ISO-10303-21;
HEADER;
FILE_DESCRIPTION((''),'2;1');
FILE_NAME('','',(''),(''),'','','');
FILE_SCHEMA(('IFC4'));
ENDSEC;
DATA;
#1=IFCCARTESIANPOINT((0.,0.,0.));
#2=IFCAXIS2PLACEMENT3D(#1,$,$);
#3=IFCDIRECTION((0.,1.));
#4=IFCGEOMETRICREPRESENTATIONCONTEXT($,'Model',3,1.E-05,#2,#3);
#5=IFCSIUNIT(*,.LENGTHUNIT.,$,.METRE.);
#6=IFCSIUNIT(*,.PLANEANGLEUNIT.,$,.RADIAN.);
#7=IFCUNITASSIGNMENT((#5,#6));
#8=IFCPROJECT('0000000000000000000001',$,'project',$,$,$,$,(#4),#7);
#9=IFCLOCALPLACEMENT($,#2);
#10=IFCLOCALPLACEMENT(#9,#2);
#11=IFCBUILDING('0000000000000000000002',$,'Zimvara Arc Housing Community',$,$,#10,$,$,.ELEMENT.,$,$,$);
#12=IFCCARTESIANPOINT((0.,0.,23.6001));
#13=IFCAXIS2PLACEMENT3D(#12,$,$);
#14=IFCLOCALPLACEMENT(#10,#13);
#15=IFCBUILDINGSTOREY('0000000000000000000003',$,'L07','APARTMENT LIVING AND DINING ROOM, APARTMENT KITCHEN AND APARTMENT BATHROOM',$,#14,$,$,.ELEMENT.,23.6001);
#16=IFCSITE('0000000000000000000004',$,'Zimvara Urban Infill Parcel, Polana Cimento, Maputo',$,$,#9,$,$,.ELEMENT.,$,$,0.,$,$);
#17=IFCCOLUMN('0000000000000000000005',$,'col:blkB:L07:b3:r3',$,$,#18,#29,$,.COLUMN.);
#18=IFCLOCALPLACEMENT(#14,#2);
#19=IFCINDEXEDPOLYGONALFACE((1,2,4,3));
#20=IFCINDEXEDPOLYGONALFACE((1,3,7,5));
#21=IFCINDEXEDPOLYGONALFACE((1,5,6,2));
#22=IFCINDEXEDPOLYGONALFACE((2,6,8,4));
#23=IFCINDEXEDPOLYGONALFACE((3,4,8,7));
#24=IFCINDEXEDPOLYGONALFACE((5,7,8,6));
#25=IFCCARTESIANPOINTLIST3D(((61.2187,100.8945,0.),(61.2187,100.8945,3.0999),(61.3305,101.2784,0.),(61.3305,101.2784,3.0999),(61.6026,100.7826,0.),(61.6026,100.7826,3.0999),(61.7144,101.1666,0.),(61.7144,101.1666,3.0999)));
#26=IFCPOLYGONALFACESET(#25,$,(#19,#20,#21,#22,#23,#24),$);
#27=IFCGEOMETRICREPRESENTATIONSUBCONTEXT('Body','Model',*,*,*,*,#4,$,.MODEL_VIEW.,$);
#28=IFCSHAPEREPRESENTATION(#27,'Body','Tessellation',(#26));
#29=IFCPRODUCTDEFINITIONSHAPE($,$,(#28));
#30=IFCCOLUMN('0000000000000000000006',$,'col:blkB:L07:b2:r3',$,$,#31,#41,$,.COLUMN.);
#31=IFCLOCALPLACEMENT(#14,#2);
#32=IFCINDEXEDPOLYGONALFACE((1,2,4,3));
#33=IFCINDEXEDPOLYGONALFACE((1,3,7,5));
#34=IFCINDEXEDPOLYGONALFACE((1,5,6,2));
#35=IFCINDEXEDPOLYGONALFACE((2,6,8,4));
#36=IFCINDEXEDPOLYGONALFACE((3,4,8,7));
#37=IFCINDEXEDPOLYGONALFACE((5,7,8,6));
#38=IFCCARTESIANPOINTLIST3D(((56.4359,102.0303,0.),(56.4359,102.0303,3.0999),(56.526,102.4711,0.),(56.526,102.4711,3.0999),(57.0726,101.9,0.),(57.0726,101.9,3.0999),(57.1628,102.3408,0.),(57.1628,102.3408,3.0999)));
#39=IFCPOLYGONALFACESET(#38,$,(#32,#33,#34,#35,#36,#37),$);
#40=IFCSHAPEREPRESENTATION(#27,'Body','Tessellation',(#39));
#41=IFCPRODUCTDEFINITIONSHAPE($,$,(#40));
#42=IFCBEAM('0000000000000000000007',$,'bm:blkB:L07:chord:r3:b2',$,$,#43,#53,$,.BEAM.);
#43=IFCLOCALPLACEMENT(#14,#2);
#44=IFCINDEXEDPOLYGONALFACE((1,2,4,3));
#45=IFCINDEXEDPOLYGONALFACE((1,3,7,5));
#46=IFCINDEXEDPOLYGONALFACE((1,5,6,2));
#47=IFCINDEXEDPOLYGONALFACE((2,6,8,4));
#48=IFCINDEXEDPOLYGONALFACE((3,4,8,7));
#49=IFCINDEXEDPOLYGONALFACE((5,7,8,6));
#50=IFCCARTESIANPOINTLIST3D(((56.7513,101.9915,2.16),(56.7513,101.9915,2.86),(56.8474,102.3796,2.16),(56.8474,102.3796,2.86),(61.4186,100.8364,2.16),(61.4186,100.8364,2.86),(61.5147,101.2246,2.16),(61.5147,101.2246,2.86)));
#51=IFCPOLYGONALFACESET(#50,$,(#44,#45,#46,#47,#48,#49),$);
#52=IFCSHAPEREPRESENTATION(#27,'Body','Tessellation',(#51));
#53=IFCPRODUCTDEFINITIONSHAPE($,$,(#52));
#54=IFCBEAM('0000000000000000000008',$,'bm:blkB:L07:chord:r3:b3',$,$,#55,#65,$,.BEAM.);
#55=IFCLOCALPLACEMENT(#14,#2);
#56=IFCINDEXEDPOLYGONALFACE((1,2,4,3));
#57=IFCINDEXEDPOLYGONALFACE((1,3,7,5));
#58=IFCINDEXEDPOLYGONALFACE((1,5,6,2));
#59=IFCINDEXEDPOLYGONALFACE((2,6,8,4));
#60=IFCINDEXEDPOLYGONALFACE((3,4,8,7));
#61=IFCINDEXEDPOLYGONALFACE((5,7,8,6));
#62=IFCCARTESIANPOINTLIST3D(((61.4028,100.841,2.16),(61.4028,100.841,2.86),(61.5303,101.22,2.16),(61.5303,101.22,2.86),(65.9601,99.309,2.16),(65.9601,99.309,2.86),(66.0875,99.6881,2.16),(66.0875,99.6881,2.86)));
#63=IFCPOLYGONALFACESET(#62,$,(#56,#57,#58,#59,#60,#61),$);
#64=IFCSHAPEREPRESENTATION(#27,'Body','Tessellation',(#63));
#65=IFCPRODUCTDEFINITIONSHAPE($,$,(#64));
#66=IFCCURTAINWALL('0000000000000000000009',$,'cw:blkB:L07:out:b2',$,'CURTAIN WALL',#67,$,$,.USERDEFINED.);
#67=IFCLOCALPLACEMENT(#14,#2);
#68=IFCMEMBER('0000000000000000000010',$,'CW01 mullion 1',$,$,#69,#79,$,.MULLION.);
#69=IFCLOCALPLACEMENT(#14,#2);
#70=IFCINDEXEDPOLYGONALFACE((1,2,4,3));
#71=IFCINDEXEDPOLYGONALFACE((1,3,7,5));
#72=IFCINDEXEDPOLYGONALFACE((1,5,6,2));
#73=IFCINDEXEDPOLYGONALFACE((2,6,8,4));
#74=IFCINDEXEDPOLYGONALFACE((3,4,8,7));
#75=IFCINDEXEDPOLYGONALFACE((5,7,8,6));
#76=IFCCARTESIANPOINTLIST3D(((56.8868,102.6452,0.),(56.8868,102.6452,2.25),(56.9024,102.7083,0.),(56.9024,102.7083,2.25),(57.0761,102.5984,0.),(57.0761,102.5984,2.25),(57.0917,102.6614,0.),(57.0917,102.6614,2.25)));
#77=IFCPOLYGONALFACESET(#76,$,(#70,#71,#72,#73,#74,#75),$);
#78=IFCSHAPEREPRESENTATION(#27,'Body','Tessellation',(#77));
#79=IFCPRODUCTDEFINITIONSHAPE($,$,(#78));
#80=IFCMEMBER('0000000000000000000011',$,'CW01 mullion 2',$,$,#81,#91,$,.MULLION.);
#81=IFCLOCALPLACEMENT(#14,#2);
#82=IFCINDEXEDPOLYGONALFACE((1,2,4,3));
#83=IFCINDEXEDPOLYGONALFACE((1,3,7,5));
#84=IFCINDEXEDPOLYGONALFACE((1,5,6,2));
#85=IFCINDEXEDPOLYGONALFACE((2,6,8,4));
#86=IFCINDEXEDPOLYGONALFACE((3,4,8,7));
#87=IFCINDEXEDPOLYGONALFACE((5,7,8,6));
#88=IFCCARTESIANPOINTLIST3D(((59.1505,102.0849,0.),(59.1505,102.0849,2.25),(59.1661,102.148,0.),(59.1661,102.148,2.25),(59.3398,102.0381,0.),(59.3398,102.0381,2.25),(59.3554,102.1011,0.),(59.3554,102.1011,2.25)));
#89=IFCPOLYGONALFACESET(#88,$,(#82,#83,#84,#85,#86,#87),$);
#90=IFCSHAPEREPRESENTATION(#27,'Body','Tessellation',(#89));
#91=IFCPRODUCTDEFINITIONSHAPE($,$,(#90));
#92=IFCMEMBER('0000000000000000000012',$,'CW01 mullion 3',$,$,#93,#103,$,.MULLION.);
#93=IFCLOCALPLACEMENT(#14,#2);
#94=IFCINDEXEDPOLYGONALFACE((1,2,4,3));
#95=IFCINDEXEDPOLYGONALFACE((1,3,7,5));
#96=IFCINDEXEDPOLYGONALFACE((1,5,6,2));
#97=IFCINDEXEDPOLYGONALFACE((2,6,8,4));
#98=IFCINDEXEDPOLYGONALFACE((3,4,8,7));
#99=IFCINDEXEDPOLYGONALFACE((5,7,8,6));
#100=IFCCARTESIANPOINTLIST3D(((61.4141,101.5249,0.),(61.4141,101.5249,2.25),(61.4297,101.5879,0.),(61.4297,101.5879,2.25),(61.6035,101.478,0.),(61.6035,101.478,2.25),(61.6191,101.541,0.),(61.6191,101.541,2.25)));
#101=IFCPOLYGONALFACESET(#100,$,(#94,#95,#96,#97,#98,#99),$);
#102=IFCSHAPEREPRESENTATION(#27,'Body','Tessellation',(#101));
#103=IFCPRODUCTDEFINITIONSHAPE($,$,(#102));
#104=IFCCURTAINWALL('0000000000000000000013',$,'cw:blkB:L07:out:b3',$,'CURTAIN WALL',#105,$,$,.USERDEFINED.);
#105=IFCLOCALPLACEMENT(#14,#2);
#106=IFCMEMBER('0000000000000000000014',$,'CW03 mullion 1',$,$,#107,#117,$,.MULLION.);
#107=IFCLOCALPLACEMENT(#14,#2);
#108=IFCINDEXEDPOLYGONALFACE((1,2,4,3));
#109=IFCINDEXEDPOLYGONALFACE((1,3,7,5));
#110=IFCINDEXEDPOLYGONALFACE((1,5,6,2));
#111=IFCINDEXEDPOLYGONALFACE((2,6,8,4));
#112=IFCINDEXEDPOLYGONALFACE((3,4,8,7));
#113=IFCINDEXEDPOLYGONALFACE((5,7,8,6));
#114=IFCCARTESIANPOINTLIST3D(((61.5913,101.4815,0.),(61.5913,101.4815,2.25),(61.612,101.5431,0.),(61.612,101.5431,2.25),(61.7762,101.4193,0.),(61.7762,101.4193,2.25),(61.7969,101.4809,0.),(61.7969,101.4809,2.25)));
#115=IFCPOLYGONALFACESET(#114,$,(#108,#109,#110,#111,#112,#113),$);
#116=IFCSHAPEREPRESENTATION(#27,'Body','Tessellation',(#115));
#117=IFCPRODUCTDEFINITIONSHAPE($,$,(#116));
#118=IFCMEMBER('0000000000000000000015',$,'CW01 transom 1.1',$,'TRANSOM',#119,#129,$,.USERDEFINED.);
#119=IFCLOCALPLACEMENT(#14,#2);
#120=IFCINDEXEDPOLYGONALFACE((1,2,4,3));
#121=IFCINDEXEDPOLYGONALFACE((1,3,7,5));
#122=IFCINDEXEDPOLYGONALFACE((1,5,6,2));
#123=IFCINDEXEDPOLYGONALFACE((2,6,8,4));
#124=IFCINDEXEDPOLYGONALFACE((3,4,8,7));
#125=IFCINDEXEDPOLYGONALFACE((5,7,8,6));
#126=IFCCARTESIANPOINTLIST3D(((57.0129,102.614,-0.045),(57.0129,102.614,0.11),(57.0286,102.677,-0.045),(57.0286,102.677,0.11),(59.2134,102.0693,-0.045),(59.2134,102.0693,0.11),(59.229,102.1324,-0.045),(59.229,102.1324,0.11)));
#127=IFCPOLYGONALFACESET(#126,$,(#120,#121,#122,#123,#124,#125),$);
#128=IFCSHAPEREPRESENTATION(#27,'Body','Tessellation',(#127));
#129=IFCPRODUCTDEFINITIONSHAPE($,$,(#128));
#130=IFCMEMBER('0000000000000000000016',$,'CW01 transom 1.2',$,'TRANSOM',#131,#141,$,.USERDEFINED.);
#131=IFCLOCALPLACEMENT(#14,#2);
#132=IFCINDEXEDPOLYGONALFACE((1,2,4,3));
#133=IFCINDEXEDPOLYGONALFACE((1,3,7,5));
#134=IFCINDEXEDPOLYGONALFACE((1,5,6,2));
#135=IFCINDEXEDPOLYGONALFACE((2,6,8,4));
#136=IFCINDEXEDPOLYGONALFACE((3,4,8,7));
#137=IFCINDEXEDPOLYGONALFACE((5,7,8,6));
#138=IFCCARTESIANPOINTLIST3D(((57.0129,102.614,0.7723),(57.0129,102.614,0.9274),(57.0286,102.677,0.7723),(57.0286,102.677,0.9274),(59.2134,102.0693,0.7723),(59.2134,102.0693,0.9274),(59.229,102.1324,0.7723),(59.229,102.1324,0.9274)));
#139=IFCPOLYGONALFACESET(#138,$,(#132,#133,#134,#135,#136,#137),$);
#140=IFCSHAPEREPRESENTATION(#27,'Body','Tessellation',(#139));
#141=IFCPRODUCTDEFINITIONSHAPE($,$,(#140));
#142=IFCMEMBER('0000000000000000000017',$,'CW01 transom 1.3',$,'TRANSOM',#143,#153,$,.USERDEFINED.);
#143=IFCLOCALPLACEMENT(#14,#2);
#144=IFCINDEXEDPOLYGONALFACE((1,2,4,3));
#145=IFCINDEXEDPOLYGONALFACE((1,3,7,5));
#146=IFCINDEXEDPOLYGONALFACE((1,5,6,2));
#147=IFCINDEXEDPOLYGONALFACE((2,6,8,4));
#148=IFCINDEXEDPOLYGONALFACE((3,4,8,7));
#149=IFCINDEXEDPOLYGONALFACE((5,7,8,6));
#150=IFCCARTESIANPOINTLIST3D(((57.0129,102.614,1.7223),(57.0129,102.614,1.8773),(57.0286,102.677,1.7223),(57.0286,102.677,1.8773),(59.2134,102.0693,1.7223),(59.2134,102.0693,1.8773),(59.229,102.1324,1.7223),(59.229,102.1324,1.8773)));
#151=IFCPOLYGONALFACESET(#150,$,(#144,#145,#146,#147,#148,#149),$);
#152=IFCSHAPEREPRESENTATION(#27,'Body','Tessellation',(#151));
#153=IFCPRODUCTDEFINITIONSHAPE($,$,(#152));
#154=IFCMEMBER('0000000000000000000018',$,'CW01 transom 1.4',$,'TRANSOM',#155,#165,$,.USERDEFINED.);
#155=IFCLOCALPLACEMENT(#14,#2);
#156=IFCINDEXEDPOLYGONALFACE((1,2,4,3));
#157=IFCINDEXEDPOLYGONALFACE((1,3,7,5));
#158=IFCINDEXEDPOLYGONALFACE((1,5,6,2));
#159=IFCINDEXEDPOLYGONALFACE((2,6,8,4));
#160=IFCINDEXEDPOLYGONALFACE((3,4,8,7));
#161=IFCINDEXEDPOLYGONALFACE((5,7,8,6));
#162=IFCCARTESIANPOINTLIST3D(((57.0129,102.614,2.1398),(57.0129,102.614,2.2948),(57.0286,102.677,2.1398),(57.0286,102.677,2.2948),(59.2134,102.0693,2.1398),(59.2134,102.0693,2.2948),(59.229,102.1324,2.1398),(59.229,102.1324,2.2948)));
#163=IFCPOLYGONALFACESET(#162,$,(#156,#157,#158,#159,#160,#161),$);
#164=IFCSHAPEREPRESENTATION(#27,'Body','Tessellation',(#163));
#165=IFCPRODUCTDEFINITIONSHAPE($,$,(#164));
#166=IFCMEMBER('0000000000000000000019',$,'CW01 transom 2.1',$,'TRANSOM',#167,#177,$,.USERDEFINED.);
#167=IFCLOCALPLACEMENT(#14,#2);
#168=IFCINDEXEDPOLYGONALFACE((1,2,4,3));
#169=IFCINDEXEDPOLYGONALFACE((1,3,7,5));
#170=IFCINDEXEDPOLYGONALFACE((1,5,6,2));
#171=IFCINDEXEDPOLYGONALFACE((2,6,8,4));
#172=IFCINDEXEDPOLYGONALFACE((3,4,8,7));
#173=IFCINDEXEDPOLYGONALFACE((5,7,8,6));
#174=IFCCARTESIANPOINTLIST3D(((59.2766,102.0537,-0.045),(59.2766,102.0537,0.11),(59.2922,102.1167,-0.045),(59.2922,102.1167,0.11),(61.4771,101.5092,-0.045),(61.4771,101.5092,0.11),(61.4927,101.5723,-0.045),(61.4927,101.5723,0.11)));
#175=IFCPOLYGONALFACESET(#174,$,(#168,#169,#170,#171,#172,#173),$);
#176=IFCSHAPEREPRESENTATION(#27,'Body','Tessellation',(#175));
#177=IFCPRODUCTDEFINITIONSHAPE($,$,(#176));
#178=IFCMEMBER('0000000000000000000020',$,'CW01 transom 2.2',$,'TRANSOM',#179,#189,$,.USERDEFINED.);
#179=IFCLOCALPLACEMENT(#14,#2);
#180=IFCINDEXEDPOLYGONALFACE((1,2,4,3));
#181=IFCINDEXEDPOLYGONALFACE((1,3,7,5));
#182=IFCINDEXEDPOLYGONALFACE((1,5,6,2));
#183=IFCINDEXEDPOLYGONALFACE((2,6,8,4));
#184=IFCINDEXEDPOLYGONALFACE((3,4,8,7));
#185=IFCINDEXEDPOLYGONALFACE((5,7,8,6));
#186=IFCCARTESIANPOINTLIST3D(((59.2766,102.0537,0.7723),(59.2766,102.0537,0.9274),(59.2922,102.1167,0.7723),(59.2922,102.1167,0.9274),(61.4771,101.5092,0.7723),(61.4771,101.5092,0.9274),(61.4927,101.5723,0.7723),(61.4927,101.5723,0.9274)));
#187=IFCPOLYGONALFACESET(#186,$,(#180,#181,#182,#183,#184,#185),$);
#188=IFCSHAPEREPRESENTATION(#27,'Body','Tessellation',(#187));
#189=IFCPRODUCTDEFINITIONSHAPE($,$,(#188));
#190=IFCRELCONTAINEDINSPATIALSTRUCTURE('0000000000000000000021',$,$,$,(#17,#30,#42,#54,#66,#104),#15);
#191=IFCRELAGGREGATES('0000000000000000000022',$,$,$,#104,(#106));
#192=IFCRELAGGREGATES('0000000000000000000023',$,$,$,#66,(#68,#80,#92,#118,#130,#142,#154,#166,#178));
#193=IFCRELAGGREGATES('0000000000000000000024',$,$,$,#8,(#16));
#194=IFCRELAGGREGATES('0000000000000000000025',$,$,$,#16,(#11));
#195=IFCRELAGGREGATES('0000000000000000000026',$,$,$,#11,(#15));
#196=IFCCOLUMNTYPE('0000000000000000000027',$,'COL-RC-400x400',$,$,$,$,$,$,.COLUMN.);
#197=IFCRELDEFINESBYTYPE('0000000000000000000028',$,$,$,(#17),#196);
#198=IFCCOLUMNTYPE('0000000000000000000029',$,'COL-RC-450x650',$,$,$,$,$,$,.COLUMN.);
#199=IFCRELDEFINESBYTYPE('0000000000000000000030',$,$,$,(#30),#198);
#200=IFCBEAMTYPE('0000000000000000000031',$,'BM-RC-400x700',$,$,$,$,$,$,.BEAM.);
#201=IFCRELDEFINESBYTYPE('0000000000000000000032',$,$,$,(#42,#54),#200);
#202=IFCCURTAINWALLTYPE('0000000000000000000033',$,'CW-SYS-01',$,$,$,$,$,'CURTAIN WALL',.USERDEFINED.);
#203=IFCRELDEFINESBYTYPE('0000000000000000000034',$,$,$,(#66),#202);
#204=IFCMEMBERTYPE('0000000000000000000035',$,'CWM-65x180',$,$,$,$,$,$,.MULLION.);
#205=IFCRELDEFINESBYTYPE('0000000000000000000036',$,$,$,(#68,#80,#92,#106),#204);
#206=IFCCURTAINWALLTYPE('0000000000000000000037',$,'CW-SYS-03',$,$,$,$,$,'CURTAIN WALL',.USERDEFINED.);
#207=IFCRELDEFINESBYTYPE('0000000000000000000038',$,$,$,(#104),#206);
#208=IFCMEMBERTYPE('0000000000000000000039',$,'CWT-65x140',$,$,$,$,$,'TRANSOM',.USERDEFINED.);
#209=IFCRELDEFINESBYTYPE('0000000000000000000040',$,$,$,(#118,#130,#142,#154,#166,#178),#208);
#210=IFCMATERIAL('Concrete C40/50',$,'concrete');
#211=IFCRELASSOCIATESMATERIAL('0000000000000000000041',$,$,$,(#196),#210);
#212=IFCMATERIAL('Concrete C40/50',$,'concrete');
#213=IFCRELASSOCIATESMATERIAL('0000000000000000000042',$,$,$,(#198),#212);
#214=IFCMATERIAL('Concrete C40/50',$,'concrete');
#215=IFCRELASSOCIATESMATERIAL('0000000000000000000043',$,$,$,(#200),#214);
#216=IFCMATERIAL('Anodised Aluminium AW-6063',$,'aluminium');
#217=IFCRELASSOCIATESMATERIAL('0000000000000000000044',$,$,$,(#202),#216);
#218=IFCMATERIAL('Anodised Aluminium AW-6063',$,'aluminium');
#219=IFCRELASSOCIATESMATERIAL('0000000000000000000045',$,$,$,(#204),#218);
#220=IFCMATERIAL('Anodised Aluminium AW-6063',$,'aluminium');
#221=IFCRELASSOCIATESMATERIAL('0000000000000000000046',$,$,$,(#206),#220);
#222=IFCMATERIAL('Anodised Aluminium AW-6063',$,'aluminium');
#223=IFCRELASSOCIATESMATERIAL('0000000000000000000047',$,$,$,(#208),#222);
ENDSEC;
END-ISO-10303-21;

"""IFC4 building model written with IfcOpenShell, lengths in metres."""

from ifc_helpers import new_model, si_unit, direction, frame, origin, origin_2d, place, context, subcontext, project, spatial, rectangle, extrude, material, material_profile, profile_set, type_object, element, aggregate, save


model = new_model("IFC4")

# Units and contexts
model_context = context("Model", 3, precision=1e-05, world=origin(), true_north=direction((0.0, 1.0)))
body_context = subcontext(model_context, "Body", "Model", "MODEL_VIEW")
ifc_project = project(units=[si_unit("LENGTHUNIT", "METRE"), si_unit("PLANEANGLEUNIT", "RADIAN")], contexts=[model_context])

# Site, building, storey
site_placement = place(None, origin())
site = spatial("IfcSite", under=ifc_project, at=site_placement, Name="Zimvara Urban Infill Parcel, Polana Cimento, Maputo", CompositionType="ELEMENT", RefElevation=0.0)
building_placement = place(site_placement, origin())
building = spatial("IfcBuilding", under=site, at=building_placement, Name="Zimvara Arc Housing Community", CompositionType="ELEMENT")
storey_placement = place(building_placement, frame((0.0, 0.0, 23.6001)))
storey = spatial("IfcBuildingStorey", under=building, at=storey_placement, Name="L07", Description="APARTMENT LIVING AND DINING ROOM, APARTMENT KITCHEN AND APARTMENT BATHROOM", CompositionType="ELEMENT", Elevation=23.6001)

# Columns
ifc_material_1 = material(Name="Concrete C40/50", Category="concrete")
ifc_material_profile_1 = material_profile(ifc_material_1, rectangle(XDim=0.3999, YDim=0.3999, at=origin_2d()), Name="RC 400x400")
ifc_profile_set_1 = profile_set([ifc_material_profile_1], Name="Concrete C40/50")
column_type_1 = type_object("IfcColumnType", Name="COL-RC-400x400", PredefinedType="COLUMN", material=ifc_profile_set_1)
column_1_placement = place(storey_placement, frame((61.4666, 101.0305, 0.0), z_axis=(0.0, 0.0, 1.0), x_axis=(0.279661, 0.960099, 0.0)))
element("IfcColumn", 1, at=column_1_placement, inside=storey, type_object=column_type_1, Name="col:blkB:L07:b3:r3", PredefinedType="COLUMN", context=body_context, shape_type="SweptSolid", body=[
    extrude(rectangle(XDim=0.3999, YDim=0.3999, at=origin_2d()), origin(), (0.0, 0.0, 1.0), 3.0999),
])
ifc_material_2 = material(Name="Concrete C40/50", Category="concrete")
ifc_material_profile_2 = material_profile(ifc_material_2, rectangle(XDim=0.45, YDim=0.6499, at=origin_2d()), Name="RC 450x650")
ifc_profile_set_2 = profile_set([ifc_material_profile_2], Name="Concrete C40/50")
column_type_2 = type_object("IfcColumnType", Name="COL-RC-450x650", PredefinedType="COLUMN", material=ifc_profile_set_2)
column_2_placement = place(storey_placement, frame((56.7993, 102.1855, 0.0), z_axis=(0.0, 0.0, 1.0), x_axis=(0.200394, 0.979715, 0.0)))
element("IfcColumn", 2, at=column_2_placement, inside=storey, type_object=column_type_2, Name="col:blkB:L07:b2:r3", PredefinedType="COLUMN", context=body_context, shape_type="SweptSolid", body=[
    extrude(rectangle(XDim=0.45, YDim=0.6499, at=origin_2d()), origin(), (0.0, 0.0, 1.0), 3.0999),
])

# Beams
ifc_material_3 = material(Name="Concrete C40/50", Category="concrete")
ifc_material_profile_3 = material_profile(ifc_material_3, rectangle(XDim=0.3999, YDim=0.7, at=origin_2d()), Name="RC 400x700")
ifc_profile_set_3 = profile_set([ifc_material_profile_3], Name="Concrete C40/50")
beam_type = type_object("IfcBeamType", Name="BM-RC-400x700", PredefinedType="BEAM", material=ifc_profile_set_3)
beam_1_placement = place(storey_placement, frame((56.7993, 102.1855, 2.51), z_axis=(0.970716, -0.240229, 0.0), x_axis=(0.240229, 0.970716, 0.0)))
element("IfcBeam", 3, at=beam_1_placement, inside=storey, type_object=beam_type, Name="bm:blkB:L07:chord:r3:b2", PredefinedType="BEAM", context=body_context, shape_type="SweptSolid", body=[
    extrude(rectangle(XDim=0.3999, YDim=0.7, at=origin_2d()), origin(), (0.0, 0.0, 1.0), 4.8081),
])
beam_2_placement = place(storey_placement, frame((61.4666, 101.0305, 2.51), z_axis=(0.947878, -0.318634, 0.0), x_axis=(0.318634, 0.947878, 0.0)))
element("IfcBeam", 4, at=beam_2_placement, inside=storey, type_object=beam_type, Name="bm:blkB:L07:chord:r3:b3", PredefinedType="BEAM", context=body_context, shape_type="SweptSolid", body=[
    extrude(rectangle(XDim=0.3999, YDim=0.7, at=origin_2d()), origin(), (0.0, 0.0, 1.0), 4.8079),
])

# Curtain wall, members
ifc_material_4 = material(Name="Anodised Aluminium AW-6063", Category="aluminium")
curtain_wall_type_1 = type_object("IfcCurtainWallType", Name="CW-SYS-01", ElementType="CURTAIN WALL", PredefinedType="USERDEFINED", material=ifc_material_4)
curtain_wall_1_placement = place(storey_placement, origin())
curtain_wall_1 = element("IfcCurtainWall", 5, at=curtain_wall_1_placement, inside=storey, type_object=curtain_wall_type_1, Name="cw:blkB:L07:out:b2", ObjectType="CURTAIN WALL", PredefinedType="USERDEFINED")
ifc_material_5 = material(Name="Anodised Aluminium AW-6063", Category="aluminium")
ifc_material_profile_4 = material_profile(ifc_material_5, rectangle(XDim=0.0649, YDim=0.1951, at=origin_2d()), Name="ALU 65x195")
ifc_profile_set_4 = profile_set([ifc_material_profile_4], Name="Anodised Aluminium AW-6063")
member_type_1 = type_object("IfcMemberType", Name="CWM-65x180", PredefinedType="MULLION", material=ifc_profile_set_4)
member_1_placement = place(storey_placement, frame((56.9893, 102.6533, 0.0), z_axis=(0.0, 0.0, 1.0), x_axis=(0.24023, 0.970716, 0.0)))
member_1 = element("IfcMember", 6, at=member_1_placement, type_object=member_type_1, Name="CW01 mullion 1", PredefinedType="MULLION", context=body_context, shape_type="SweptSolid", body=[
    extrude(rectangle(XDim=0.0649, YDim=0.1951, at=origin_2d()), origin(), (0.0, 0.0, 1.0), 2.25),
])
member_2_placement = place(storey_placement, frame((59.2529, 102.093, 0.0), z_axis=(0.0, 0.0, 1.0), x_axis=(0.24023, 0.970716, 0.0)))
member_2 = element("IfcMember", 7, at=member_2_placement, type_object=member_type_1, Name="CW01 mullion 2", PredefinedType="MULLION", context=body_context, shape_type="SweptSolid", body=[
    extrude(rectangle(XDim=0.0649, YDim=0.1951, at=origin_2d()), origin(), (0.0, 0.0, 1.0), 2.25),
])
member_3_placement = place(storey_placement, frame((61.5166, 101.533, 0.0), z_axis=(0.0, 0.0, 1.0), x_axis=(0.24023, 0.970716, 0.0)))
member_3 = element("IfcMember", 8, at=member_3_placement, type_object=member_type_1, Name="CW01 mullion 3", PredefinedType="MULLION", context=body_context, shape_type="SweptSolid", body=[
    extrude(rectangle(XDim=0.0649, YDim=0.1951, at=origin_2d()), origin(), (0.0, 0.0, 1.0), 2.25),
])

# Curtain wall, member
ifc_material_6 = material(Name="Anodised Aluminium AW-6063", Category="aluminium")
curtain_wall_type_2 = type_object("IfcCurtainWallType", Name="CW-SYS-03", ElementType="CURTAIN WALL", PredefinedType="USERDEFINED", material=ifc_material_6)
curtain_wall_2_placement = place(storey_placement, origin())
curtain_wall_2 = element("IfcCurtainWall", 9, at=curtain_wall_2_placement, inside=storey, type_object=curtain_wall_type_2, Name="cw:blkB:L07:out:b3", ObjectType="CURTAIN WALL", PredefinedType="USERDEFINED")
member_4_placement = place(storey_placement, frame((61.6941, 101.4812, 0.0), z_axis=(0.0, 0.0, 1.0), x_axis=(0.318629, 0.94788, 0.0)))
member_4 = element("IfcMember", 10, at=member_4_placement, type_object=member_type_1, Name="CW03 mullion 1", PredefinedType="MULLION", context=body_context, shape_type="SweptSolid", body=[
    extrude(rectangle(XDim=0.0649, YDim=0.1951, at=origin_2d()), origin(), (0.0, 0.0, 1.0), 2.25),
])
aggregate(curtain_wall_2, [member_4])

# Members
ifc_material_7 = material(Name="Anodised Aluminium AW-6063", Category="aluminium")
ifc_material_profile_5 = material_profile(ifc_material_7, rectangle(XDim=0.0649, YDim=0.155, at=origin_2d()), Name="ALU 65x155")
ifc_profile_set_5 = profile_set([ifc_material_profile_5], Name="Anodised Aluminium AW-6063")
member_type_2 = type_object("IfcMemberType", Name="CWT-65x140", ElementType="TRANSOM", PredefinedType="USERDEFINED", material=ifc_profile_set_5)
member_5_placement = place(storey_placement, frame((57.0208, 102.6455, 0.0325), z_axis=(0.970704, -0.24028, 0.0), x_axis=(0.24028, 0.970704, 0.0)))
member_5 = element("IfcMember", 11, at=member_5_placement, type_object=member_type_2, Name="CW01 transom 1.1", ObjectType="TRANSOM", PredefinedType="USERDEFINED", context=body_context, shape_type="SweptSolid", body=[
    extrude(rectangle(XDim=0.0649, YDim=0.155, at=origin_2d()), origin(), (0.0, 0.0, 1.0), 2.2668),
])
member_6_placement = place(storey_placement, frame((57.0208, 102.6455, 0.8499), z_axis=(0.970704, -0.24028, 0.0), x_axis=(0.24028, 0.970704, 0.0)))
member_6 = element("IfcMember", 12, at=member_6_placement, type_object=member_type_2, Name="CW01 transom 1.2", ObjectType="TRANSOM", PredefinedType="USERDEFINED", context=body_context, shape_type="SweptSolid", body=[
    extrude(rectangle(XDim=0.0649, YDim=0.155, at=origin_2d()), origin(), (0.0, 0.0, 1.0), 2.2668),
])
member_7_placement = place(storey_placement, frame((57.0208, 102.6455, 1.7998), z_axis=(0.970704, -0.24028, 0.0), x_axis=(0.24028, 0.970704, 0.0)))
member_7 = element("IfcMember", 13, at=member_7_placement, type_object=member_type_2, Name="CW01 transom 1.3", ObjectType="TRANSOM", PredefinedType="USERDEFINED", context=body_context, shape_type="SweptSolid", body=[
    extrude(rectangle(XDim=0.0649, YDim=0.155, at=origin_2d()), origin(), (0.0, 0.0, 1.0), 2.2668),
])
member_8_placement = place(storey_placement, frame((57.0208, 102.6455, 2.2173), z_axis=(0.970704, -0.24028, 0.0), x_axis=(0.24028, 0.970704, 0.0)))
member_8 = element("IfcMember", 14, at=member_8_placement, type_object=member_type_2, Name="CW01 transom 1.4", ObjectType="TRANSOM", PredefinedType="USERDEFINED", context=body_context, shape_type="SweptSolid", body=[
    extrude(rectangle(XDim=0.0649, YDim=0.155, at=origin_2d()), origin(), (0.0, 0.0, 1.0), 2.2668),
])
member_9_placement = place(storey_placement, frame((59.2844, 102.0852, 0.0325), z_axis=(0.970729, -0.240178, 0.0), x_axis=(0.240178, 0.970729, 0.0)))
member_9 = element("IfcMember", 15, at=member_9_placement, type_object=member_type_2, Name="CW01 transom 2.1", ObjectType="TRANSOM", PredefinedType="USERDEFINED", context=body_context, shape_type="SweptSolid", body=[
    extrude(rectangle(XDim=0.0649, YDim=0.155, at=origin_2d()), origin(), (0.0, 0.0, 1.0), 2.2668),
])
member_10_placement = place(storey_placement, frame((59.2844, 102.0852, 0.8499), z_axis=(0.970729, -0.240178, 0.0), x_axis=(0.240178, 0.970729, 0.0)))
member_10 = element("IfcMember", 16, at=member_10_placement, type_object=member_type_2, Name="CW01 transom 2.2", ObjectType="TRANSOM", PredefinedType="USERDEFINED", context=body_context, shape_type="SweptSolid", body=[
    extrude(rectangle(XDim=0.0649, YDim=0.155, at=origin_2d()), origin(), (0.0, 0.0, 1.0), 2.2668),
])

aggregate(curtain_wall_1, [member_1, member_2, member_3, member_5, member_6, member_7, member_8, member_9, member_10])

save(model, "model.ifc")
